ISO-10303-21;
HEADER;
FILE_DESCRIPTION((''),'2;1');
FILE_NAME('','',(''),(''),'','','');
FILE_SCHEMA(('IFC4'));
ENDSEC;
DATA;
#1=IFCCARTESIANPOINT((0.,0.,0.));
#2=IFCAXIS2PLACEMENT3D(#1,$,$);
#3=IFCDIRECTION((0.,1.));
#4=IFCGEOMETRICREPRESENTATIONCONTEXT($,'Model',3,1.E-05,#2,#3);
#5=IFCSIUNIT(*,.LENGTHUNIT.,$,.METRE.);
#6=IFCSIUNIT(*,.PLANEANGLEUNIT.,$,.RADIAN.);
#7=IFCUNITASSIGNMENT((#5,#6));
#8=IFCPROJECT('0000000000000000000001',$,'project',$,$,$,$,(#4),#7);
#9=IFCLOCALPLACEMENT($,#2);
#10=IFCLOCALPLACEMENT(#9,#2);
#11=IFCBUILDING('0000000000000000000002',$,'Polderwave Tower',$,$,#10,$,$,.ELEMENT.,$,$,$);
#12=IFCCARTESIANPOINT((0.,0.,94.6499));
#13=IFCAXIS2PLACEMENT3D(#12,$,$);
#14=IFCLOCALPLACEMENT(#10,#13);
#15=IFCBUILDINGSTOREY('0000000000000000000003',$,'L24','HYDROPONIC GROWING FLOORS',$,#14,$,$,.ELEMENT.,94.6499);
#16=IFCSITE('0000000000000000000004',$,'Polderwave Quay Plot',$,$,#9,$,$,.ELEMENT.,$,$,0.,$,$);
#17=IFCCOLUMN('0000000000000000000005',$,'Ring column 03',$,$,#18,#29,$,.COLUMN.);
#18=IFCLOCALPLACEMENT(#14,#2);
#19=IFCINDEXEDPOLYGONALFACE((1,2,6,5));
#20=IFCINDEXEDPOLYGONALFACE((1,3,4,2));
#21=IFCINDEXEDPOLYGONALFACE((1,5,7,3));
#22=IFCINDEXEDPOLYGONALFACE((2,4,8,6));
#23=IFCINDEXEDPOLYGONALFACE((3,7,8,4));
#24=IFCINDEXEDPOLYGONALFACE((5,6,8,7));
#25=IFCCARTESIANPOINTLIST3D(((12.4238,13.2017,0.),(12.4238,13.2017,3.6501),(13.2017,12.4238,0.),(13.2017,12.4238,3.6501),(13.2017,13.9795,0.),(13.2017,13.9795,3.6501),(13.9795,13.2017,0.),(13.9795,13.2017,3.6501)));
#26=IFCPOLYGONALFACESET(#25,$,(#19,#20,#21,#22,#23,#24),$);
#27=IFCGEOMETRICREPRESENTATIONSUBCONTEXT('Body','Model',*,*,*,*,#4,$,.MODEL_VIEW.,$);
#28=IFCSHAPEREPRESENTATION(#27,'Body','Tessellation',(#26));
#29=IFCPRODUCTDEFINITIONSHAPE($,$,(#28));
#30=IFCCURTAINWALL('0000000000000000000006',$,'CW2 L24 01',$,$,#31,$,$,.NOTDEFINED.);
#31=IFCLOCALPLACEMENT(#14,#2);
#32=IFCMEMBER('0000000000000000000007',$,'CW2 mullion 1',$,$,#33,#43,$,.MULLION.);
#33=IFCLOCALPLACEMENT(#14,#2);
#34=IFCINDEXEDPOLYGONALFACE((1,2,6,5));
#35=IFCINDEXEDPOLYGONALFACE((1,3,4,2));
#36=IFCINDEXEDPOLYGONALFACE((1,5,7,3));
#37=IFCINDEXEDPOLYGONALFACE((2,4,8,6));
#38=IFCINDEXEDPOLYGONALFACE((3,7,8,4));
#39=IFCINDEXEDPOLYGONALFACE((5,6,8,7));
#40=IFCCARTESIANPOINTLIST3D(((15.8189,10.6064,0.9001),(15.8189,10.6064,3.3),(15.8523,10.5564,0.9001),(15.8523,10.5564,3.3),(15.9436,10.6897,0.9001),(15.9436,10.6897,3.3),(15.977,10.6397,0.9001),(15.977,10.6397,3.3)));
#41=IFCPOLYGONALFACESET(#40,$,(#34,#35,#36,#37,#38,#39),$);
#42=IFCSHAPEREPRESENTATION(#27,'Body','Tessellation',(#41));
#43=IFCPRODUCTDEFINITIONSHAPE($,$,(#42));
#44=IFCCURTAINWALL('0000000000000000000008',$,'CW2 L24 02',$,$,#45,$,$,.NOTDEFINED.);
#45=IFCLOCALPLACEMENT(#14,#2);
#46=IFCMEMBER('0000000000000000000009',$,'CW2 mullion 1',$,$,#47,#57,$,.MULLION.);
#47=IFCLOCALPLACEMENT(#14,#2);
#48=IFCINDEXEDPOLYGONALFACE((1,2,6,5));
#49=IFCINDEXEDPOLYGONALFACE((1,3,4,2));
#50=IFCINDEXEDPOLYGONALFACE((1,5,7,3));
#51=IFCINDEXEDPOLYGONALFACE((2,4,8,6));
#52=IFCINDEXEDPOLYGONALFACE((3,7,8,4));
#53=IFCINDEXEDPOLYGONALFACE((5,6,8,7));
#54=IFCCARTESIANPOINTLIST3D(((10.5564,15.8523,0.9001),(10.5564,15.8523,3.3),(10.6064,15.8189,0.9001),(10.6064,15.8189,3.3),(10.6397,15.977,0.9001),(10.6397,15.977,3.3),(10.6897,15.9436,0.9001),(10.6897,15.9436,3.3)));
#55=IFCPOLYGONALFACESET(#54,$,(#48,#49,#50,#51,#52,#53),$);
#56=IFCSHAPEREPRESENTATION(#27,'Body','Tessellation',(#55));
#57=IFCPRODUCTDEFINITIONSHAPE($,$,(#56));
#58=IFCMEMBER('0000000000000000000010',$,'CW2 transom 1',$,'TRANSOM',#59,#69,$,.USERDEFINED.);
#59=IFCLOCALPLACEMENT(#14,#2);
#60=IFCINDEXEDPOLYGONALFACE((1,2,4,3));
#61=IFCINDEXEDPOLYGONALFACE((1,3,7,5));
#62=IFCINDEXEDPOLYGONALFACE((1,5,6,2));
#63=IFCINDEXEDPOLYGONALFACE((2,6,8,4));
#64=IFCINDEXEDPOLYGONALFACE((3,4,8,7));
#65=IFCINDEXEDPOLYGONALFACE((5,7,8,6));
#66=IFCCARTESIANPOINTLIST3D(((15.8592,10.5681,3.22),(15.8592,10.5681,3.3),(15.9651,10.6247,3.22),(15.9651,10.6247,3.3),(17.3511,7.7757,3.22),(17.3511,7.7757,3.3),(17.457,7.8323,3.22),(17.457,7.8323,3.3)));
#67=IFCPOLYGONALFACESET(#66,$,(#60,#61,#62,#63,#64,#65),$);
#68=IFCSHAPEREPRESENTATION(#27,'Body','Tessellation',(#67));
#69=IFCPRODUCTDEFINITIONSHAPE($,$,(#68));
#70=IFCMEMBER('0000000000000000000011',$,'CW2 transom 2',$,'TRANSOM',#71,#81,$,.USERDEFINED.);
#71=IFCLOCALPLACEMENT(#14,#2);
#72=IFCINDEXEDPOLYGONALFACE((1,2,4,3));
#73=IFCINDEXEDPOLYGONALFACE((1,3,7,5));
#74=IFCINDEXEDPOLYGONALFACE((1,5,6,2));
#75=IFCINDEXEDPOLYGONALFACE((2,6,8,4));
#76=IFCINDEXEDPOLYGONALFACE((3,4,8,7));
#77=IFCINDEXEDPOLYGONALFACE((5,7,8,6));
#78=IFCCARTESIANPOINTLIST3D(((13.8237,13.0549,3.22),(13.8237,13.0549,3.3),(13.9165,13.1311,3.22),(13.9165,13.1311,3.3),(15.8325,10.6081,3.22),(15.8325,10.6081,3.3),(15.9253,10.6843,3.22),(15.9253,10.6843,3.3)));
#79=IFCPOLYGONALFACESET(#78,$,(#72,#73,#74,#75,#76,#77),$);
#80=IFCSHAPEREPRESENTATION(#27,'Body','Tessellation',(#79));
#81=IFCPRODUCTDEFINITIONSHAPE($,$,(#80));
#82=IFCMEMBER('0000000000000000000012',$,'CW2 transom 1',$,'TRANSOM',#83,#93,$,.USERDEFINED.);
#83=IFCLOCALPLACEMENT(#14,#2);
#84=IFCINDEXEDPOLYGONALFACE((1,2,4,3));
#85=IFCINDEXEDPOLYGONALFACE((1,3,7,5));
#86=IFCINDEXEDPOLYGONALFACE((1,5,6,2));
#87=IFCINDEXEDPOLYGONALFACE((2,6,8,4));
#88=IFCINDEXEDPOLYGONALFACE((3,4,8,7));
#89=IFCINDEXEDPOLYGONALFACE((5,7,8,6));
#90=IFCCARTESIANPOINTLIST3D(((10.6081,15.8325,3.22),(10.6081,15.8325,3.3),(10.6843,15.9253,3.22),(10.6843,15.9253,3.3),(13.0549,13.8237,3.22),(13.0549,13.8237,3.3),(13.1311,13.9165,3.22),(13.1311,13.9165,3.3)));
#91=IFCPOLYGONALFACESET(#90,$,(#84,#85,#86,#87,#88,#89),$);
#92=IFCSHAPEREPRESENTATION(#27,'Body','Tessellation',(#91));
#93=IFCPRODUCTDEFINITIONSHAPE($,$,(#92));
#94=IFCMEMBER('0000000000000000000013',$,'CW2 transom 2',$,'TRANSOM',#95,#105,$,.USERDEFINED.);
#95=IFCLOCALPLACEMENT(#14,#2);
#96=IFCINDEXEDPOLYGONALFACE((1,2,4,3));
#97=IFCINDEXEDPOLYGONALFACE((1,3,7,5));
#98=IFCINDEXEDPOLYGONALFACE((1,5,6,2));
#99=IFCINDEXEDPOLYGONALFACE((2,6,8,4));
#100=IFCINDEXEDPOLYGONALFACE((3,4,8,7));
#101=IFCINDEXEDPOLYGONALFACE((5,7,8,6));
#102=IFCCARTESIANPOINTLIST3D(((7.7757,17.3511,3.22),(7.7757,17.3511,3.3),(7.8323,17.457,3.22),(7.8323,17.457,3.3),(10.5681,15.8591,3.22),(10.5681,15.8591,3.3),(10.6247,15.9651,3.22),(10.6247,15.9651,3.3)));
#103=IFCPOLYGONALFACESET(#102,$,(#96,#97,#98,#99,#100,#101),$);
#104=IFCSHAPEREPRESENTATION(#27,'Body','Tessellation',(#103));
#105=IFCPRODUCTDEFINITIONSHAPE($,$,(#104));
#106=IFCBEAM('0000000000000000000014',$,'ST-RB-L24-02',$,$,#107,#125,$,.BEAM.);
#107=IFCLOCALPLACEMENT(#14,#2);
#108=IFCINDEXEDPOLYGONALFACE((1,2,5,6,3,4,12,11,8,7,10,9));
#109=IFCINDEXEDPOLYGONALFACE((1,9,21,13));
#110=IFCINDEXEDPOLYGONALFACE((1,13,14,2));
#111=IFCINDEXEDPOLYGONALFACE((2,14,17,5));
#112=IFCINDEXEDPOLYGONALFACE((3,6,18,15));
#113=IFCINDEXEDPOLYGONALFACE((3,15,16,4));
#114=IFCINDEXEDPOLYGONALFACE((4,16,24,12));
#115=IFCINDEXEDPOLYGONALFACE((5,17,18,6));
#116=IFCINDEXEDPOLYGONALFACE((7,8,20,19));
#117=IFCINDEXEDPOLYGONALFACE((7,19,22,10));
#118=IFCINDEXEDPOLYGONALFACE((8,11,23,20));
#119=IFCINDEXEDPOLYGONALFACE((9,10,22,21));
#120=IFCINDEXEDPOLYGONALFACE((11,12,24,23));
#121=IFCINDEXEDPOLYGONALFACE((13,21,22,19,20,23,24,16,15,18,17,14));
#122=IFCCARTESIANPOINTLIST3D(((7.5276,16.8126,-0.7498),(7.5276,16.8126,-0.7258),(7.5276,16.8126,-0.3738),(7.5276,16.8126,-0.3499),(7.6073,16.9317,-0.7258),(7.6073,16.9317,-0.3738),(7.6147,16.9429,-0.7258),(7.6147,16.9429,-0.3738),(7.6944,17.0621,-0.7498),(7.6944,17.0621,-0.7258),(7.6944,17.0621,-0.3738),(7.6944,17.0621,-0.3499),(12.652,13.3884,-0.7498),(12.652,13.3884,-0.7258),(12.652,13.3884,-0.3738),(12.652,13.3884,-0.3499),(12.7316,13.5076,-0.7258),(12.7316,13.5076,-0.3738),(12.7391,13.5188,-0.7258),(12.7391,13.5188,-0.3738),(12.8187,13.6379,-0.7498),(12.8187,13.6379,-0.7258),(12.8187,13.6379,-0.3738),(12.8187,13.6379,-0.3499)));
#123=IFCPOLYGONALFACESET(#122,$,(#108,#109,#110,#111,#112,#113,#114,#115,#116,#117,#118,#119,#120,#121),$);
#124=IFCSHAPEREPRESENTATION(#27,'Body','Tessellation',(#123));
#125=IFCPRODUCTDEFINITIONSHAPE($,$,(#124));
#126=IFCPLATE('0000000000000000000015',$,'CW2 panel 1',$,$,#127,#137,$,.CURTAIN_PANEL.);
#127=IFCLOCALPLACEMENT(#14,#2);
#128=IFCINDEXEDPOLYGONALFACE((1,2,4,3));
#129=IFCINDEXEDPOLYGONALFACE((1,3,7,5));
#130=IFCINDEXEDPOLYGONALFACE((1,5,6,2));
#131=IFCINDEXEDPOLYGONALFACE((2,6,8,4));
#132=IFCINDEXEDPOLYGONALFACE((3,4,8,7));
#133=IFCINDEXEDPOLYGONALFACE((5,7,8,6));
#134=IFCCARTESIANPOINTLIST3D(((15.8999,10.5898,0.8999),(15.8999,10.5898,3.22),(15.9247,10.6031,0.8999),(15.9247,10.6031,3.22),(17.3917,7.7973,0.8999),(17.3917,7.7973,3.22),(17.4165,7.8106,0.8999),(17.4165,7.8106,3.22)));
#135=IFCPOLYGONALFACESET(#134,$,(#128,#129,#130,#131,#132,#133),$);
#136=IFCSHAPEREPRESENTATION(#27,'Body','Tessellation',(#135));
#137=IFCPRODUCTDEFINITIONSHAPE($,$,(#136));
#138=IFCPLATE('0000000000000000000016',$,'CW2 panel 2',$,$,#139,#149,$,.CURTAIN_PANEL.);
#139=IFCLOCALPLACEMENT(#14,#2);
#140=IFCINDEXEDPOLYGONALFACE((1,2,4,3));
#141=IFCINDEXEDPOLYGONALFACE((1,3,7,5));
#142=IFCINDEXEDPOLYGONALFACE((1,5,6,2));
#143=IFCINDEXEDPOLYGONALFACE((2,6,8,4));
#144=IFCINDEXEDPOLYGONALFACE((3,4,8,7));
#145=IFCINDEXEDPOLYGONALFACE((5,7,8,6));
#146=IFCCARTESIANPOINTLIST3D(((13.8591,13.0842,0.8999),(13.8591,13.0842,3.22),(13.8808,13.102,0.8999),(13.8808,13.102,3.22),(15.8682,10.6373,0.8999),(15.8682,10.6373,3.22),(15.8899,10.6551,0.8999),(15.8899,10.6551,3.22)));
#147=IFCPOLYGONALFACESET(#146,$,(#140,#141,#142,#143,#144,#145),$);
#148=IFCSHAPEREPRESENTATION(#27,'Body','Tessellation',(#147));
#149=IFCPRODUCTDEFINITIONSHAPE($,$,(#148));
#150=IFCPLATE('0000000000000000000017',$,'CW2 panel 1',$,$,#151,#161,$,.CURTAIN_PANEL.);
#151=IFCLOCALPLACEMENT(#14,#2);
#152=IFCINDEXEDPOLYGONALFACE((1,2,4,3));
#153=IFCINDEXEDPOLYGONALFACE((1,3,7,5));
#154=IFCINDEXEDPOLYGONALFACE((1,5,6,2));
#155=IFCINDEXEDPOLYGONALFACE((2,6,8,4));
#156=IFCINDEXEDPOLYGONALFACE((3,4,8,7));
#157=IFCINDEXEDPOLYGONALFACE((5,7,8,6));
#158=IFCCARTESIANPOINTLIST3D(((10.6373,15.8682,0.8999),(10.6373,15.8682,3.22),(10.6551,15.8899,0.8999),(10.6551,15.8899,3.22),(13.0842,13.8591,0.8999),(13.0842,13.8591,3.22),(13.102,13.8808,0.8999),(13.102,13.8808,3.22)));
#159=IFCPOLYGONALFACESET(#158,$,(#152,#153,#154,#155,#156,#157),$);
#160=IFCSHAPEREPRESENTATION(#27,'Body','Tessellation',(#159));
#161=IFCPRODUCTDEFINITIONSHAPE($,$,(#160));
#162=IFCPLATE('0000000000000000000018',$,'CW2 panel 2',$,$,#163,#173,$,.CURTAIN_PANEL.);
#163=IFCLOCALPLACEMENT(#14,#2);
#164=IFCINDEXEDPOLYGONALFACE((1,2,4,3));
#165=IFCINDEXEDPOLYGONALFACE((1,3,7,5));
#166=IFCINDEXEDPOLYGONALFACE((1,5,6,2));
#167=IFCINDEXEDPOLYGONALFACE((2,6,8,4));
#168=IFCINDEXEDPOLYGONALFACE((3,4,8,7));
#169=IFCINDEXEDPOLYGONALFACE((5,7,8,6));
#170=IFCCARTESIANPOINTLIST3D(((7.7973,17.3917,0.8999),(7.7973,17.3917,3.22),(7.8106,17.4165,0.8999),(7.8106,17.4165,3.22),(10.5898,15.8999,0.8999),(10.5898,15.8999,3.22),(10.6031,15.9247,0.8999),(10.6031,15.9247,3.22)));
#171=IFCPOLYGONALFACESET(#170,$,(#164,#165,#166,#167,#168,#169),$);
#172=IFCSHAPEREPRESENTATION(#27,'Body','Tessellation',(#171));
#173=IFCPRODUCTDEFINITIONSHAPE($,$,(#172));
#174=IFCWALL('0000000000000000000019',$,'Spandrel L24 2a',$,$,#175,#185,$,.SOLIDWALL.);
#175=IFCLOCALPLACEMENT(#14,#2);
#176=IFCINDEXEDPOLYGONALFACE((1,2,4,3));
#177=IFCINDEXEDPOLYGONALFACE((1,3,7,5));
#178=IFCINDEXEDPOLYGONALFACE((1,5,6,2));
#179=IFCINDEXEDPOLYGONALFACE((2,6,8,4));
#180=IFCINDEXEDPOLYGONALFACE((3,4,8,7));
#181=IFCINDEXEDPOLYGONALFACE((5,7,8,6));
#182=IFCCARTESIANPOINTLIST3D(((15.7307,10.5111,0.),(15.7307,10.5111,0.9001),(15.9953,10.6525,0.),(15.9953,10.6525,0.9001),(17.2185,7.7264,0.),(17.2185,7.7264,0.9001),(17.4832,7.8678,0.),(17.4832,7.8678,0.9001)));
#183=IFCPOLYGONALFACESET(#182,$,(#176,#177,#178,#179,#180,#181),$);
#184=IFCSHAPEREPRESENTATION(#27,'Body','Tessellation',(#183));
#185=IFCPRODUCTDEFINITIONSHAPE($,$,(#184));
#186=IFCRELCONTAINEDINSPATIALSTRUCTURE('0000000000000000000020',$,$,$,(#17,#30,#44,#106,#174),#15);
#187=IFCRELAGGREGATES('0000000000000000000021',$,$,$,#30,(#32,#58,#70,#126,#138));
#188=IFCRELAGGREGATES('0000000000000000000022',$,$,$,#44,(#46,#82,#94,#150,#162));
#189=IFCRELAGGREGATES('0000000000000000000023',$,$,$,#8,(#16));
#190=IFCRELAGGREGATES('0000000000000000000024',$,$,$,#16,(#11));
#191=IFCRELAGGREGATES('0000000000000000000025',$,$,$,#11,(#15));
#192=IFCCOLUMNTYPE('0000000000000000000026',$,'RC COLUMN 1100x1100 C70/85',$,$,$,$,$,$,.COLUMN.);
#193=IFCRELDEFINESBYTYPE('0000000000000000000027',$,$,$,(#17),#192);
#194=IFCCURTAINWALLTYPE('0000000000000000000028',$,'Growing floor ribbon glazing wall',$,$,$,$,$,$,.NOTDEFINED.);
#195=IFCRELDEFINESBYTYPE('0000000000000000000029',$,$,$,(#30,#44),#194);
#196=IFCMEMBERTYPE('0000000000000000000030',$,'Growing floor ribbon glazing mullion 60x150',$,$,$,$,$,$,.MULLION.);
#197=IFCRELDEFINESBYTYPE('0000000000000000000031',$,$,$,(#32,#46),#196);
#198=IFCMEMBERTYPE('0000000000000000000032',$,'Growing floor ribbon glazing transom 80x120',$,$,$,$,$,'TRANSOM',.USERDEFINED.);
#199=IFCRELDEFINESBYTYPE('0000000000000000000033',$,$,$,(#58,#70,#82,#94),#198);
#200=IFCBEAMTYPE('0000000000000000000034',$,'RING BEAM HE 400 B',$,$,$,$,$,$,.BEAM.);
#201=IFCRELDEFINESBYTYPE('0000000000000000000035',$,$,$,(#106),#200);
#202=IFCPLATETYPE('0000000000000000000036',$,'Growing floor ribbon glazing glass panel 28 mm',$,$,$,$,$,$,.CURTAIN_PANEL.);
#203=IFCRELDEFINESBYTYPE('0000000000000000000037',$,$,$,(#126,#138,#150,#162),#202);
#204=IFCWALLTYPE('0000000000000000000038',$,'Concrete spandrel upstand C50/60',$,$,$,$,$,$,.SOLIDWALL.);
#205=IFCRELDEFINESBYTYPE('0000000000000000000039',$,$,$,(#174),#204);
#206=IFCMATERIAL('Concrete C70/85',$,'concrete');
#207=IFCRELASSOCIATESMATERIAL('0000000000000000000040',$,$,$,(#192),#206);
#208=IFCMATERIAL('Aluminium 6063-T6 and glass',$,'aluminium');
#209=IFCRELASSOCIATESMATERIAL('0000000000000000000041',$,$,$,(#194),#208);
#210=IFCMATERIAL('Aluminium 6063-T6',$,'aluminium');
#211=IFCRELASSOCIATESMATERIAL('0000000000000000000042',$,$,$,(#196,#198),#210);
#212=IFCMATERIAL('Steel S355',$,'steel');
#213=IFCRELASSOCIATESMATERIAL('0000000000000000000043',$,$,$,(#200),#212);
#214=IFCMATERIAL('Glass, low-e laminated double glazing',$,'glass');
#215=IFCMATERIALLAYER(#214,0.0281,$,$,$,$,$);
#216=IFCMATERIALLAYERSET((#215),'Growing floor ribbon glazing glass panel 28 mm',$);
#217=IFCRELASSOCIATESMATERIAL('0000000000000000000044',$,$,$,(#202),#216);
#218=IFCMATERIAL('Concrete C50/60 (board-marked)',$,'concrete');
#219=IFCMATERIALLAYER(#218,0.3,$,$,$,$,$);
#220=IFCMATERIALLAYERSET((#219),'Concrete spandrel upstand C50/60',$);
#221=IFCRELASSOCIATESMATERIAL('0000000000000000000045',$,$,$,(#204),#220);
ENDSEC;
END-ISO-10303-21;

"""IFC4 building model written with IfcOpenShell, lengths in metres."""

from ifc_helpers import new_model, si_unit, direction, frame, frame_2d, origin, origin_2d, place, context, subcontext, project, spatial, rectangle, i_section, extrude, material, layer, layer_set, material_profile, profile_set, type_object, element, aggregate, save


model = new_model("IFC4")

# Units and contexts
model_context = context("Model", 3, precision=1e-05, world=origin(), true_north=direction((0.0, 1.0)))
body_context = subcontext(model_context, "Body", "Model", "MODEL_VIEW")
ifc_project = project(units=[si_unit("LENGTHUNIT", "METRE"), si_unit("PLANEANGLEUNIT", "RADIAN")], contexts=[model_context])

# Site, building, storey
site_placement = place(None, origin())
site = spatial("IfcSite", under=ifc_project, at=site_placement, Name="Polderwave Quay Plot", CompositionType="ELEMENT", RefElevation=0.0)
building_placement = place(site_placement, origin())
building = spatial("IfcBuilding", under=site, at=building_placement, Name="Polderwave Tower", CompositionType="ELEMENT")
storey_placement = place(building_placement, frame((0.0, 0.0, 94.6499)))
storey = spatial("IfcBuildingStorey", under=building, at=storey_placement, Name="L24", Description="HYDROPONIC GROWING FLOORS", CompositionType="ELEMENT", Elevation=94.6499)

# Column
ifc_material_1 = material(Name="Concrete C70/85", Category="concrete")
ifc_material_profile_1 = material_profile(ifc_material_1, rectangle(XDim=1.1001, YDim=1.1001, at=origin_2d()), Name="RC 1100x1100")
ifc_profile_set_1 = profile_set([ifc_material_profile_1], Name="Concrete C70/85")
column_type = type_object("IfcColumnType", Name="RC COLUMN 1100x1100 C70/85", PredefinedType="COLUMN", material=ifc_profile_set_1)
column_placement = place(storey_placement, frame((13.2017, 13.2017, 0.0), z_axis=(0.0, 0.0, 1.0), x_axis=(0.707107, 0.707107, 0.0)))
element("IfcColumn", 1, at=column_placement, inside=storey, type_object=column_type, Name="Ring column 03", PredefinedType="COLUMN", context=body_context, shape_type="SweptSolid", body=[
    extrude(rectangle(XDim=1.1001, YDim=1.1001, at=origin_2d()), origin(), (0.0, 0.0, 1.0), 3.6501),
])

# Curtain walls, members
ifc_material_2 = material(Name="Aluminium 6063-T6 and glass", Category="aluminium")
curtain_wall_type = type_object("IfcCurtainWallType", Name="Growing floor ribbon glazing wall", PredefinedType="NOTDEFINED", material=ifc_material_2)
curtain_wall_1_placement = place(storey_placement, origin())
curtain_wall_1 = element("IfcCurtainWall", 2, at=curtain_wall_1_placement, inside=storey, type_object=curtain_wall_type, Name="CW2 L24 01", PredefinedType="NOTDEFINED")
ifc_material_3 = material(Name="Aluminium 6063-T6", Category="aluminium")
ifc_material_profile_2 = material_profile(ifc_material_3, rectangle(XDim=0.1499, YDim=0.0601, at=origin_2d()), Name="AL 60x150")
ifc_profile_set_2 = profile_set([ifc_material_profile_2], Name="Aluminium 6063-T6")
member_type_1 = type_object("IfcMemberType", Name="Growing floor ribbon glazing mullion 60x150", PredefinedType="MULLION", material=ifc_profile_set_2)
member_1_placement = place(storey_placement, frame((15.8979, 10.623, 0.9001), z_axis=(0.0, 0.0, 1.0), x_axis=(-0.831468, -0.555573, 0.0)))
member_1 = element("IfcMember", 3, at=member_1_placement, type_object=member_type_1, Name="CW2 mullion 1", PredefinedType="MULLION", context=body_context, shape_type="SweptSolid", body=[
    extrude(rectangle(XDim=0.1499, YDim=0.0601, at=origin_2d()), origin(), (0.0, 0.0, 1.0), 2.3999),
])
curtain_wall_2_placement = place(storey_placement, origin())
curtain_wall_2 = element("IfcCurtainWall", 4, at=curtain_wall_2_placement, inside=storey, type_object=curtain_wall_type, Name="CW2 L24 02", PredefinedType="NOTDEFINED")
member_2_placement = place(storey_placement, frame((10.623, 15.8979, 0.9001), z_axis=(0.0, 0.0, 1.0), x_axis=(-0.555573, -0.831468, 0.0)))
member_2 = element("IfcMember", 5, at=member_2_placement, type_object=member_type_1, Name="CW2 mullion 1", PredefinedType="MULLION", context=body_context, shape_type="SweptSolid", body=[
    extrude(rectangle(XDim=0.1499, YDim=0.0601, at=origin_2d()), origin(), (0.0, 0.0, 1.0), 2.3999),
])

# Members
ifc_material_profile_3 = material_profile(ifc_material_3, rectangle(XDim=0.1201, YDim=0.0801, at=origin_2d()), Name="AL 80x120")
ifc_profile_set_3 = profile_set([ifc_material_profile_3], Name="Aluminium 6063-T6")
member_type_2 = type_object("IfcMemberType", Name="Growing floor ribbon glazing transom 80x120", ElementType="TRANSOM", PredefinedType="USERDEFINED", material=ifc_profile_set_3)
member_3_placement = place(storey_placement, frame((17.4041, 7.804, 3.26), z_axis=(-0.471232, 0.882009, 0.0), x_axis=(-0.882009, -0.471232, 0.0)))
member_3 = element("IfcMember", 6, at=member_3_placement, type_object=member_type_2, Name="CW2 transom 1", ObjectType="TRANSOM", PredefinedType="USERDEFINED", context=body_context, shape_type="SweptSolid", body=[
    extrude(rectangle(XDim=0.1201, YDim=0.0801, at=origin_2d()), origin(), (0.0, 0.0, 1.0), 3.166),
])
member_4_placement = place(storey_placement, frame((15.8789, 10.6462, 3.26), z_axis=(-0.634539, 0.772891, 0.0), x_axis=(-0.772891, -0.634539, 0.0)))
member_4 = element("IfcMember", 7, at=member_4_placement, type_object=member_type_2, Name="CW2 transom 2", ObjectType="TRANSOM", PredefinedType="USERDEFINED", context=body_context, shape_type="SweptSolid", body=[
    extrude(rectangle(XDim=0.1201, YDim=0.0801, at=origin_2d()), origin(), (0.0, 0.0, 1.0), 3.1658),
])
member_5_placement = place(storey_placement, frame((13.093, 13.8701, 3.26), z_axis=(-0.772891, 0.634539, 0.0), x_axis=(-0.634539, -0.772891, 0.0)))
member_5 = element("IfcMember", 8, at=member_5_placement, type_object=member_type_2, Name="CW2 transom 1", ObjectType="TRANSOM", PredefinedType="USERDEFINED", context=body_context, shape_type="SweptSolid", body=[
    extrude(rectangle(XDim=0.1201, YDim=0.0801, at=origin_2d()), origin(), (0.0, 0.0, 1.0), 3.1658),
])
member_6_placement = place(storey_placement, frame((10.5964, 15.9121, 3.26), z_axis=(-0.882009, 0.471232, 0.0), x_axis=(-0.471232, -0.882009, 0.0)))
member_6 = element("IfcMember", 9, at=member_6_placement, type_object=member_type_2, Name="CW2 transom 2", ObjectType="TRANSOM", PredefinedType="USERDEFINED", context=body_context, shape_type="SweptSolid", body=[
    extrude(rectangle(XDim=0.1201, YDim=0.0801, at=origin_2d()), origin(), (0.0, 0.0, 1.0), 3.166),
])

# Beam
ifc_material_4 = material(Name="Steel S355", Category="steel")
ifc_material_profile_4 = material_profile(ifc_material_4, i_section(OverallWidth=0.3, OverallDepth=0.3999, WebThickness=0.0134, FlangeThickness=0.0239, at=origin_2d()), Name="HE 400 B")
ifc_profile_set_4 = profile_set([ifc_material_profile_4], Name="Steel S355")
beam_type = type_object("IfcBeamType", Name="RING BEAM HE 400 B", PredefinedType="BEAM", material=ifc_profile_set_4)
beam_placement = place(storey_placement, frame((12.7354, 13.5132, -0.5498), z_axis=(-0.831459, 0.555587, 0.0), x_axis=(-0.555587, -0.831459, 0.0)))
element("IfcBeam", 10, at=beam_placement, inside=storey, type_object=beam_type, Name="ST-RB-L24-02", PredefinedType="BEAM", context=body_context, shape_type="SweptSolid", body=[
    extrude(i_section(OverallWidth=0.3, OverallDepth=0.3999, WebThickness=0.0134, FlangeThickness=0.0239, at=origin_2d()), origin(), (0.0, 0.0, 1.0), 6.1631),
])

# Plates
ifc_material_5 = material(Name="Glass, low-e laminated double glazing", Category="glass")
ifc_layer_1 = layer(ifc_material_5, 0.0281)
ifc_layer_set_1 = layer_set([ifc_layer_1], Name="Growing floor ribbon glazing glass panel 28 mm")
plate_type = type_object("IfcPlateType", Name="Growing floor ribbon glazing glass panel 28 mm", PredefinedType="CURTAIN_PANEL", material=ifc_layer_set_1)
plate_1_placement = place(storey_placement, frame((16.6582, 9.2002, 0.8999), z_axis=(0.0, 0.0, 1.0), x_axis=(-0.471206, 0.882023, 0.0)))
plate_1 = element("IfcPlate", 11, at=plate_1_placement, type_object=plate_type, Name="CW2 panel 1", PredefinedType="CURTAIN_PANEL", context=body_context, shape_type="SweptSolid", body=[
    extrude(rectangle(XDim=3.166, YDim=0.0281, at=origin_2d()), origin(), (0.0, 0.0, 1.0), 2.3201),
])
plate_2_placement = place(storey_placement, frame((14.8745, 11.8696, 0.8999), z_axis=(0.0, 0.0, 1.0), x_axis=(-0.634566, 0.772869, 0.0)))
plate_2 = element("IfcPlate", 12, at=plate_2_placement, type_object=plate_type, Name="CW2 panel 2", PredefinedType="CURTAIN_PANEL", context=body_context, shape_type="SweptSolid", body=[
    extrude(rectangle(XDim=3.166, YDim=0.0281, at=origin_2d()), origin(), (0.0, 0.0, 1.0), 2.3201),
])
aggregate(curtain_wall_1, [member_1, member_3, member_4, plate_1, plate_2])
plate_3_placement = place(storey_placement, frame((11.8696, 14.8745, 0.8999), z_axis=(0.0, 0.0, 1.0), x_axis=(-0.772869, 0.634566, 0.0)))
plate_3 = element("IfcPlate", 13, at=plate_3_placement, type_object=plate_type, Name="CW2 panel 1", PredefinedType="CURTAIN_PANEL", context=body_context, shape_type="SweptSolid", body=[
    extrude(rectangle(XDim=3.166, YDim=0.0281, at=origin_2d()), origin(), (0.0, 0.0, 1.0), 2.3201),
])
plate_4_placement = place(storey_placement, frame((9.2002, 16.6582, 0.8999), z_axis=(0.0, 0.0, 1.0), x_axis=(-0.882023, 0.471206, 0.0)))
plate_4 = element("IfcPlate", 14, at=plate_4_placement, type_object=plate_type, Name="CW2 panel 2", PredefinedType="CURTAIN_PANEL", context=body_context, shape_type="SweptSolid", body=[
    extrude(rectangle(XDim=3.166, YDim=0.0281, at=origin_2d()), origin(), (0.0, 0.0, 1.0), 2.3201),
])
aggregate(curtain_wall_2, [member_2, member_5, member_6, plate_3, plate_4])

# Wall
ifc_material_6 = material(Name="Concrete C50/60 (board-marked)", Category="concrete")
ifc_layer_2 = layer(ifc_material_6, 0.3)
ifc_layer_set_2 = layer_set([ifc_layer_2], Name="Concrete spandrel upstand C50/60")
wall_type_1 = type_object("IfcWallType", Name="Concrete spandrel upstand C50/60", PredefinedType="SOLIDWALL", material=ifc_layer_set_2)
for number, where, z_axis, x_axis, name in (
    (15, (17.3508, 7.7971, 0.0), (0.0, 0.0, 1.0), (-0.471238, 0.882006, 0.0), "Spandrel L24 2a"),
):
    element("IfcWall", number, at=place(storey_placement, frame(where, z_axis=z_axis, x_axis=x_axis)), inside=storey, type_object=wall_type_1, Name=name, PredefinedType="SOLIDWALL", context=body_context, shape_type="SweptSolid", body=[
        extrude(rectangle(XDim=3.1572, YDim=0.3, at=frame_2d((1.5786, 0.0))), origin(), (0.0, 0.0, 1.0), 0.9001),
    ])

save(model, "model.ifc")
